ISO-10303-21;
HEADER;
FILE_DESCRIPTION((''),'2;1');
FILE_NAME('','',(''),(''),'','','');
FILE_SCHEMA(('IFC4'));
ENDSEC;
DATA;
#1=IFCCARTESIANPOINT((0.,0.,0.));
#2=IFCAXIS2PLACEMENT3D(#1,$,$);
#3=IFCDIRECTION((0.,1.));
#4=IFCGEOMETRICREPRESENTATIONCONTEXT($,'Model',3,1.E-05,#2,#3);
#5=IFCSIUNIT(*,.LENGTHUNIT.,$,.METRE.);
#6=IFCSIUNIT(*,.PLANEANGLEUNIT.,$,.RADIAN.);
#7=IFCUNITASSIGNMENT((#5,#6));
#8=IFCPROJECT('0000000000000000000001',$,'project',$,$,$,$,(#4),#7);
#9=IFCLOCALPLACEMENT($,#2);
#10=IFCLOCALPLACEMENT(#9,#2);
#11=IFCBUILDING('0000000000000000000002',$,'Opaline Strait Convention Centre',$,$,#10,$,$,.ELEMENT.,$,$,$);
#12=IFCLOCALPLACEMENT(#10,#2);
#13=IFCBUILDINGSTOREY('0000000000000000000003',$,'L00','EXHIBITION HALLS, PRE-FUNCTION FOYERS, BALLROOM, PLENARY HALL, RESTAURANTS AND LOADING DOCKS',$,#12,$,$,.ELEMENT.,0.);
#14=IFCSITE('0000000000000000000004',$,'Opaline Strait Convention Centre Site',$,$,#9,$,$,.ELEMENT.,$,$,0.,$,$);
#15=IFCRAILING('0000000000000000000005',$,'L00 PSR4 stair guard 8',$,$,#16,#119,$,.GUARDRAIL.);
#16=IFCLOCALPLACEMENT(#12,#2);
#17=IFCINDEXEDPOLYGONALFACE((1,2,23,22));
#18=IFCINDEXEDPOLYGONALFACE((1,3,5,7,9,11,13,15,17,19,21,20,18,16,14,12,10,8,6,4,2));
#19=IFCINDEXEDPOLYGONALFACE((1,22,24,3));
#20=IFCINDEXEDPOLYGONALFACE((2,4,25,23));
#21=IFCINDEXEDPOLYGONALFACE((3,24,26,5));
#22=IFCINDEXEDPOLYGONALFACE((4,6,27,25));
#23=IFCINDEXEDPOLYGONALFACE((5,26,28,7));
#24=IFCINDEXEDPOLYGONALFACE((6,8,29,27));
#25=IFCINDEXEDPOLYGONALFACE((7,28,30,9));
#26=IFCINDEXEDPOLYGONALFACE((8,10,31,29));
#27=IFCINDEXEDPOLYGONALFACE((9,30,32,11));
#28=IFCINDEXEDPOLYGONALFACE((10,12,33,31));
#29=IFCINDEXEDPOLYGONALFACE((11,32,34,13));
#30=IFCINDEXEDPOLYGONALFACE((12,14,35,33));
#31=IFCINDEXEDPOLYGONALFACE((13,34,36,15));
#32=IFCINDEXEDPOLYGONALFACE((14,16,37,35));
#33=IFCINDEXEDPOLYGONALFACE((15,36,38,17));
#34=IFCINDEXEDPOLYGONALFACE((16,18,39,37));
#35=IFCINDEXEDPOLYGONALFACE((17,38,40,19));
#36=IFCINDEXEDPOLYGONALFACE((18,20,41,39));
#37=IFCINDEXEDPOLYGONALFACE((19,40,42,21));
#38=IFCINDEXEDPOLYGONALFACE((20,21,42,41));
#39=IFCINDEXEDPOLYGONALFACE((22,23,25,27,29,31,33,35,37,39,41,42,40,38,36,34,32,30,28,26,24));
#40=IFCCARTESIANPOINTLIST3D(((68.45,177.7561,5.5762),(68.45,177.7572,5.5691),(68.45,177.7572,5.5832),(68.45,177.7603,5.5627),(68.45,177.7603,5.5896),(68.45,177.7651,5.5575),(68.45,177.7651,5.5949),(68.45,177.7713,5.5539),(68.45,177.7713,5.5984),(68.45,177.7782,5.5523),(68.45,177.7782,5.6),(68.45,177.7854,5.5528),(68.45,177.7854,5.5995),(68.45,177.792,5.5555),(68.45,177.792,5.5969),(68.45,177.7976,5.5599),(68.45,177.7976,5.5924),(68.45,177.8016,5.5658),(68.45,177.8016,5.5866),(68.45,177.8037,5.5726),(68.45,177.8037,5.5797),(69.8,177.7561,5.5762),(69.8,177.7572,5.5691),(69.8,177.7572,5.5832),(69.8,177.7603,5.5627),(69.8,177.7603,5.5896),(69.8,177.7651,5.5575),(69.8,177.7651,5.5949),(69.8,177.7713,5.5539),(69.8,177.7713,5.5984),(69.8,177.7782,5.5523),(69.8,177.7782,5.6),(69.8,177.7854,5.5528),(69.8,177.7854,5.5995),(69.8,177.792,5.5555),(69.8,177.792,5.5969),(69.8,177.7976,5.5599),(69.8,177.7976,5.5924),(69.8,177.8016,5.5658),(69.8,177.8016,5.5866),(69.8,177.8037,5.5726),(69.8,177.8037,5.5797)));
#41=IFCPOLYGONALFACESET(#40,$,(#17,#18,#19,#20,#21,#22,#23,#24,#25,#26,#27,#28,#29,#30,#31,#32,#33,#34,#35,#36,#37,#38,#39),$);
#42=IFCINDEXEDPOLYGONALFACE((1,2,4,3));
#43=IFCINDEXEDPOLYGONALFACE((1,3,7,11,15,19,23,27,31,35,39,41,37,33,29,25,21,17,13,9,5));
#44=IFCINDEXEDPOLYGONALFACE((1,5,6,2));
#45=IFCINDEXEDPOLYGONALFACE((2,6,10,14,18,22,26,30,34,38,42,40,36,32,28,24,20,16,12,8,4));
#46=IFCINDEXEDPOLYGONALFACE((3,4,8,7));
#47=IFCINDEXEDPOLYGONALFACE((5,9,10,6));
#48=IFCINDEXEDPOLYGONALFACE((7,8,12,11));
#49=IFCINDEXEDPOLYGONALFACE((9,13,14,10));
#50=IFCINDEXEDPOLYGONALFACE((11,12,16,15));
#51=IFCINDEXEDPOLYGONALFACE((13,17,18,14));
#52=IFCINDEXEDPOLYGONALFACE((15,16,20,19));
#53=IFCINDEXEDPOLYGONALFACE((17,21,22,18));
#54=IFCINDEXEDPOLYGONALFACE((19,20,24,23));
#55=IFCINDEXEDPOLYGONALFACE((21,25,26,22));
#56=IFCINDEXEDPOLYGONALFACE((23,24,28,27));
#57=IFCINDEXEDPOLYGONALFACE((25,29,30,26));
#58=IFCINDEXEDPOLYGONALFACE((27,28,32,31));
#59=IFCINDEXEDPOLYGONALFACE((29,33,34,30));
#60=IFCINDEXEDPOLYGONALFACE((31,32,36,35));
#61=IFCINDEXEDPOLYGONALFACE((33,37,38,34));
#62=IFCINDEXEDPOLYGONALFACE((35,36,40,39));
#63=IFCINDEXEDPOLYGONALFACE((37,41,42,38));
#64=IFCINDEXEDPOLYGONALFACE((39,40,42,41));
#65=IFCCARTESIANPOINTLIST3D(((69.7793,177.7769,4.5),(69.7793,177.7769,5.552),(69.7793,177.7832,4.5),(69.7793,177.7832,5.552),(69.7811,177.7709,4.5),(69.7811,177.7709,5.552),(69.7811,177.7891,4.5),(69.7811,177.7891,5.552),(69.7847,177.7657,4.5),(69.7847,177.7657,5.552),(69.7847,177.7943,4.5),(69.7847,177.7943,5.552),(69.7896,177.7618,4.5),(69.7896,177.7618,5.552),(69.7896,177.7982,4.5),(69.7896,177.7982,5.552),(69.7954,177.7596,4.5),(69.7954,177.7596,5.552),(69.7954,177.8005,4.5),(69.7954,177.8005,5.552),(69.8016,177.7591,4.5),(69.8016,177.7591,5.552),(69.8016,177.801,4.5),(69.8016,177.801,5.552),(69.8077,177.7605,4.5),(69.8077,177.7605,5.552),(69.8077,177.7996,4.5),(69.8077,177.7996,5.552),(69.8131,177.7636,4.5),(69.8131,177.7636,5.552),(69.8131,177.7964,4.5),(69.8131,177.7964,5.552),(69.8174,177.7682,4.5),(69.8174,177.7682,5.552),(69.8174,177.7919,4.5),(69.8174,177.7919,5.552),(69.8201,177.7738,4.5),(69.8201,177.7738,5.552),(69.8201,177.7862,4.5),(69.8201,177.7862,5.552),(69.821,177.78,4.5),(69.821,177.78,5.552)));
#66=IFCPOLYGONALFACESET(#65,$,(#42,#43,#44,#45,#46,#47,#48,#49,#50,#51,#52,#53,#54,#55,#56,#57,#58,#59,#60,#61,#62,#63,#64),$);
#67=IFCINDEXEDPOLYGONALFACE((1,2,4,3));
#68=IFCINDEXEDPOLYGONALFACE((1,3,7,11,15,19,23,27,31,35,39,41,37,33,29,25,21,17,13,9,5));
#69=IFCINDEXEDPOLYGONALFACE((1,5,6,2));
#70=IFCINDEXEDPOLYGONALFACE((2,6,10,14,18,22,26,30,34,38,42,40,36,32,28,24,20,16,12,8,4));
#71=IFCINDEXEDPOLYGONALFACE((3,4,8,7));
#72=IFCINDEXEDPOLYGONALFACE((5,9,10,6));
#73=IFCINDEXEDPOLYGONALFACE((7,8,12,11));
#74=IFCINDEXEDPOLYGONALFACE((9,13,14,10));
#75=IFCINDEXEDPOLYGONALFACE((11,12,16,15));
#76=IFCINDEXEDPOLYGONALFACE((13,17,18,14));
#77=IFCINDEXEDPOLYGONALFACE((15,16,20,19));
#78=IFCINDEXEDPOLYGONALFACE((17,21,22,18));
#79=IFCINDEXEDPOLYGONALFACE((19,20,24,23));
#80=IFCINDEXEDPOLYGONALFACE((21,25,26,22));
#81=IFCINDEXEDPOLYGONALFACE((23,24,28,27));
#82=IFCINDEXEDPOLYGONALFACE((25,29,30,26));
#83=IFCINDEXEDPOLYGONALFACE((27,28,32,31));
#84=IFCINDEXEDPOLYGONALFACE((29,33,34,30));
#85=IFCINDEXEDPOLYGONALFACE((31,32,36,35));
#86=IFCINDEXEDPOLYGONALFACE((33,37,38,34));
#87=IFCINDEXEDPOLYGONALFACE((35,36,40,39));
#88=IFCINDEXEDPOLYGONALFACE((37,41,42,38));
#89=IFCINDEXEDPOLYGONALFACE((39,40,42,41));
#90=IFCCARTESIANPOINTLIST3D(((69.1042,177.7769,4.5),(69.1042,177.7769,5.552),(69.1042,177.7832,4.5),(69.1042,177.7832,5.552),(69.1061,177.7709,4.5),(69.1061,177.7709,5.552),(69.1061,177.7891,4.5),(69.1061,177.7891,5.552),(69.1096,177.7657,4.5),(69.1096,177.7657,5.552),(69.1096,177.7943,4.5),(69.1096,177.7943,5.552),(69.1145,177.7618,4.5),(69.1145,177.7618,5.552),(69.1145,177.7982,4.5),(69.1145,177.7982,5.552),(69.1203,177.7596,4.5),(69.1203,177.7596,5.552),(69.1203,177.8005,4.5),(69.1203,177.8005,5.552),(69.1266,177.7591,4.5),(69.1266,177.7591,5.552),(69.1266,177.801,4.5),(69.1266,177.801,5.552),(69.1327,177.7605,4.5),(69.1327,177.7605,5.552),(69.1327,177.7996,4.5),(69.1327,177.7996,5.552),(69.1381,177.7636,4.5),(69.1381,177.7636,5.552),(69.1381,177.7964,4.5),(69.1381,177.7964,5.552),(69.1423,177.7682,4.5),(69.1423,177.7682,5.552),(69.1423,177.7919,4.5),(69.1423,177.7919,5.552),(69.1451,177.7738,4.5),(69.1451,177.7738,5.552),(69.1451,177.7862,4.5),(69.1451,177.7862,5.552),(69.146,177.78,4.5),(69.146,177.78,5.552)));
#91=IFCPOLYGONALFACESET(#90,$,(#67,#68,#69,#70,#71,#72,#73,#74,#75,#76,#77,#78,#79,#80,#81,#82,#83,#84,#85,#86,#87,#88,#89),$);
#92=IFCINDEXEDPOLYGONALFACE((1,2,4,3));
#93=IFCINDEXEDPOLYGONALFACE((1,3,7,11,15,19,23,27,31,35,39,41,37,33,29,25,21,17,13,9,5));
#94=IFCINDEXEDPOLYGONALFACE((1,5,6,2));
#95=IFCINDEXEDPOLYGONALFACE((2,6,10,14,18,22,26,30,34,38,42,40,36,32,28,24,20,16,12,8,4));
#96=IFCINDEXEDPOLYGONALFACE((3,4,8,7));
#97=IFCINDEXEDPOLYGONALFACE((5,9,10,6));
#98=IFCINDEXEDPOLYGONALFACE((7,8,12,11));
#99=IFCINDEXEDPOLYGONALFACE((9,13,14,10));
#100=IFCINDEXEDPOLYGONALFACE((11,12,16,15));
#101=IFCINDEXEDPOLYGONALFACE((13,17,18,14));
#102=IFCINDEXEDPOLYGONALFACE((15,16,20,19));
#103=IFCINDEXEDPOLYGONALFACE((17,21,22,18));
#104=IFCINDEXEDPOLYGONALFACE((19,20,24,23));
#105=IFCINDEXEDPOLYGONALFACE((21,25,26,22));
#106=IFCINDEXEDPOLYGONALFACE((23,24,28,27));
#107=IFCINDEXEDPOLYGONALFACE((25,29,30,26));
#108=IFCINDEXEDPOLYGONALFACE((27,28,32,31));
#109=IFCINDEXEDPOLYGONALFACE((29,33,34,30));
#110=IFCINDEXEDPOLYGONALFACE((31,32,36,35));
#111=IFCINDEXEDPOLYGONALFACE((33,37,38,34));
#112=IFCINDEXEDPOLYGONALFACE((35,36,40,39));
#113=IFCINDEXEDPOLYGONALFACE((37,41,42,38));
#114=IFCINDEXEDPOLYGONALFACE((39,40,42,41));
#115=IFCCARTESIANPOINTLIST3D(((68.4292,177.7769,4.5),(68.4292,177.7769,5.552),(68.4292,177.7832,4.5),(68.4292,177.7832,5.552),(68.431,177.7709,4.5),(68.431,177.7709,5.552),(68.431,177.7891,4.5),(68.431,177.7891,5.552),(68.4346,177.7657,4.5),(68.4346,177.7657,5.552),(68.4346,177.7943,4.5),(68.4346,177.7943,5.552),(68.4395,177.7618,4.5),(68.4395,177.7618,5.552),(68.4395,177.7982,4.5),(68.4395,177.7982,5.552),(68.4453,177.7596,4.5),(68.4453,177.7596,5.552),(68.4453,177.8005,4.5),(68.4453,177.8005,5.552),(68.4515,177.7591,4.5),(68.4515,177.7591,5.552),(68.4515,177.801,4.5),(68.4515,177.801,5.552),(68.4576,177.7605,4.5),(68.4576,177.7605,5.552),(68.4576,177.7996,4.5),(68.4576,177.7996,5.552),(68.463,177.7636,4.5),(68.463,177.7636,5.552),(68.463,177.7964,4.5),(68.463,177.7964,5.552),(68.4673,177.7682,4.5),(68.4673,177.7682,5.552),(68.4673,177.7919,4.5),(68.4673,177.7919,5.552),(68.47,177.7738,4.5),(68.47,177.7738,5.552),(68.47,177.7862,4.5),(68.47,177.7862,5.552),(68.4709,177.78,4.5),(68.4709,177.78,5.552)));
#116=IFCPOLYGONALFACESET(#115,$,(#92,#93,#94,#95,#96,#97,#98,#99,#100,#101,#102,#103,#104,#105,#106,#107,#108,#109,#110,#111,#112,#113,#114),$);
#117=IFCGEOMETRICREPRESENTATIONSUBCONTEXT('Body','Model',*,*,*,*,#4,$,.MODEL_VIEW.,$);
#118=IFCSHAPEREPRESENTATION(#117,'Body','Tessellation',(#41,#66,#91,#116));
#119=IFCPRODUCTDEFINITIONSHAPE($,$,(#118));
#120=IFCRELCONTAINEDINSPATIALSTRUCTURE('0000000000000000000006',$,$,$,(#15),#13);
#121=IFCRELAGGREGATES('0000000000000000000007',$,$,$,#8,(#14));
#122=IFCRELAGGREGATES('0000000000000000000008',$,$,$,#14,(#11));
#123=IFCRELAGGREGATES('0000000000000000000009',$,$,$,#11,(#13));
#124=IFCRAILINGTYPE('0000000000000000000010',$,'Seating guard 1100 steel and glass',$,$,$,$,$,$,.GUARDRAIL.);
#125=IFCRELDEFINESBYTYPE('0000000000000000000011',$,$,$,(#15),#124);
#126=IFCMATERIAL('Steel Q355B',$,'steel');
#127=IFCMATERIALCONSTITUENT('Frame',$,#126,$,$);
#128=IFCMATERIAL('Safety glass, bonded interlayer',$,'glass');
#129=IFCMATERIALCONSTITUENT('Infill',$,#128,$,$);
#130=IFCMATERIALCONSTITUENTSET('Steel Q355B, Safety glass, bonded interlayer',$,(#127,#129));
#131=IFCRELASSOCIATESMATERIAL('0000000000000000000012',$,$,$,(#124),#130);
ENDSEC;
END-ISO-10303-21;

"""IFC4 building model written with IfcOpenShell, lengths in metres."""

from ifc_helpers import new_model, si_unit, direction, frame, origin, origin_2d, place, context, subcontext, project, spatial, circle, extrude, material, constituent, constituent_set, type_object, element, save


model = new_model("IFC4")

# Units and contexts
model_context = context("Model", 3, precision=1e-05, world=origin(), true_north=direction((0.0, 1.0)))
body_context = subcontext(model_context, "Body", "Model", "MODEL_VIEW")
ifc_project = project(units=[si_unit("LENGTHUNIT", "METRE"), si_unit("PLANEANGLEUNIT", "RADIAN")], contexts=[model_context])

# Site, building, storey
site_placement = place(None, origin())
site = spatial("IfcSite", under=ifc_project, at=site_placement, Name="Opaline Strait Convention Centre Site", CompositionType="ELEMENT", RefElevation=0.0)
building_placement = place(site_placement, origin())
building = spatial("IfcBuilding", under=site, at=building_placement, Name="Opaline Strait Convention Centre", CompositionType="ELEMENT")
storey_placement = place(building_placement, origin())
storey = spatial("IfcBuildingStorey", under=building, at=storey_placement, Name="L00", Description="EXHIBITION HALLS, PRE-FUNCTION FOYERS, BALLROOM, PLENARY HALL, RESTAURANTS AND LOADING DOCKS", CompositionType="ELEMENT", Elevation=0.0)

# Railing
ifc_material_1 = material(Name="Steel Q355B", Category="steel")
ifc_constituent_1 = constituent(ifc_material_1, Name="Frame")
ifc_material_2 = material(Name="Safety glass, bonded interlayer", Category="glass")
ifc_constituent_2 = constituent(ifc_material_2, Name="Infill")
ifc_constituent_set = constituent_set(constituents=[ifc_constituent_1, ifc_constituent_2], Name="Steel Q355B, Safety glass, bonded interlayer")
railing_type_1 = type_object("IfcRailingType", Name="Seating guard 1100 steel and glass", PredefinedType="GUARDRAIL", material=ifc_constituent_set)
for number, where, name in (
    (1, (69.8, 177.78, 4.5), "L00 PSR4 stair guard 8"),
):
    element("IfcRailing", number, at=place(storey_placement, frame(where)), inside=storey, type_object=railing_type_1, Name=name, PredefinedType="GUARDRAIL", context=body_context, shape_type="SweptSolid", body=[
        extrude(circle(Radius=0.0239, at=origin_2d()), frame((0.0, 0.0, 1.0762), z_axis=(-1.0, 0.0, 0.0), x_axis=(0.0, -1.0, 0.0)), (0.0, 0.0, 1.0), 1.3501),
        extrude(circle(Radius=0.021, at=origin_2d()), origin(), (0.0, 0.0, 1.0), 1.052),
        extrude(circle(Radius=0.021, at=origin_2d()), frame((-0.675, 0.0, 0.0)), (0.0, 0.0, 1.0), 1.052),
        extrude(circle(Radius=0.021, at=origin_2d()), frame((-1.3501, 0.0, 0.0)), (0.0, 0.0, 1.0), 1.052),
    ])

save(model, "model.ifc")
